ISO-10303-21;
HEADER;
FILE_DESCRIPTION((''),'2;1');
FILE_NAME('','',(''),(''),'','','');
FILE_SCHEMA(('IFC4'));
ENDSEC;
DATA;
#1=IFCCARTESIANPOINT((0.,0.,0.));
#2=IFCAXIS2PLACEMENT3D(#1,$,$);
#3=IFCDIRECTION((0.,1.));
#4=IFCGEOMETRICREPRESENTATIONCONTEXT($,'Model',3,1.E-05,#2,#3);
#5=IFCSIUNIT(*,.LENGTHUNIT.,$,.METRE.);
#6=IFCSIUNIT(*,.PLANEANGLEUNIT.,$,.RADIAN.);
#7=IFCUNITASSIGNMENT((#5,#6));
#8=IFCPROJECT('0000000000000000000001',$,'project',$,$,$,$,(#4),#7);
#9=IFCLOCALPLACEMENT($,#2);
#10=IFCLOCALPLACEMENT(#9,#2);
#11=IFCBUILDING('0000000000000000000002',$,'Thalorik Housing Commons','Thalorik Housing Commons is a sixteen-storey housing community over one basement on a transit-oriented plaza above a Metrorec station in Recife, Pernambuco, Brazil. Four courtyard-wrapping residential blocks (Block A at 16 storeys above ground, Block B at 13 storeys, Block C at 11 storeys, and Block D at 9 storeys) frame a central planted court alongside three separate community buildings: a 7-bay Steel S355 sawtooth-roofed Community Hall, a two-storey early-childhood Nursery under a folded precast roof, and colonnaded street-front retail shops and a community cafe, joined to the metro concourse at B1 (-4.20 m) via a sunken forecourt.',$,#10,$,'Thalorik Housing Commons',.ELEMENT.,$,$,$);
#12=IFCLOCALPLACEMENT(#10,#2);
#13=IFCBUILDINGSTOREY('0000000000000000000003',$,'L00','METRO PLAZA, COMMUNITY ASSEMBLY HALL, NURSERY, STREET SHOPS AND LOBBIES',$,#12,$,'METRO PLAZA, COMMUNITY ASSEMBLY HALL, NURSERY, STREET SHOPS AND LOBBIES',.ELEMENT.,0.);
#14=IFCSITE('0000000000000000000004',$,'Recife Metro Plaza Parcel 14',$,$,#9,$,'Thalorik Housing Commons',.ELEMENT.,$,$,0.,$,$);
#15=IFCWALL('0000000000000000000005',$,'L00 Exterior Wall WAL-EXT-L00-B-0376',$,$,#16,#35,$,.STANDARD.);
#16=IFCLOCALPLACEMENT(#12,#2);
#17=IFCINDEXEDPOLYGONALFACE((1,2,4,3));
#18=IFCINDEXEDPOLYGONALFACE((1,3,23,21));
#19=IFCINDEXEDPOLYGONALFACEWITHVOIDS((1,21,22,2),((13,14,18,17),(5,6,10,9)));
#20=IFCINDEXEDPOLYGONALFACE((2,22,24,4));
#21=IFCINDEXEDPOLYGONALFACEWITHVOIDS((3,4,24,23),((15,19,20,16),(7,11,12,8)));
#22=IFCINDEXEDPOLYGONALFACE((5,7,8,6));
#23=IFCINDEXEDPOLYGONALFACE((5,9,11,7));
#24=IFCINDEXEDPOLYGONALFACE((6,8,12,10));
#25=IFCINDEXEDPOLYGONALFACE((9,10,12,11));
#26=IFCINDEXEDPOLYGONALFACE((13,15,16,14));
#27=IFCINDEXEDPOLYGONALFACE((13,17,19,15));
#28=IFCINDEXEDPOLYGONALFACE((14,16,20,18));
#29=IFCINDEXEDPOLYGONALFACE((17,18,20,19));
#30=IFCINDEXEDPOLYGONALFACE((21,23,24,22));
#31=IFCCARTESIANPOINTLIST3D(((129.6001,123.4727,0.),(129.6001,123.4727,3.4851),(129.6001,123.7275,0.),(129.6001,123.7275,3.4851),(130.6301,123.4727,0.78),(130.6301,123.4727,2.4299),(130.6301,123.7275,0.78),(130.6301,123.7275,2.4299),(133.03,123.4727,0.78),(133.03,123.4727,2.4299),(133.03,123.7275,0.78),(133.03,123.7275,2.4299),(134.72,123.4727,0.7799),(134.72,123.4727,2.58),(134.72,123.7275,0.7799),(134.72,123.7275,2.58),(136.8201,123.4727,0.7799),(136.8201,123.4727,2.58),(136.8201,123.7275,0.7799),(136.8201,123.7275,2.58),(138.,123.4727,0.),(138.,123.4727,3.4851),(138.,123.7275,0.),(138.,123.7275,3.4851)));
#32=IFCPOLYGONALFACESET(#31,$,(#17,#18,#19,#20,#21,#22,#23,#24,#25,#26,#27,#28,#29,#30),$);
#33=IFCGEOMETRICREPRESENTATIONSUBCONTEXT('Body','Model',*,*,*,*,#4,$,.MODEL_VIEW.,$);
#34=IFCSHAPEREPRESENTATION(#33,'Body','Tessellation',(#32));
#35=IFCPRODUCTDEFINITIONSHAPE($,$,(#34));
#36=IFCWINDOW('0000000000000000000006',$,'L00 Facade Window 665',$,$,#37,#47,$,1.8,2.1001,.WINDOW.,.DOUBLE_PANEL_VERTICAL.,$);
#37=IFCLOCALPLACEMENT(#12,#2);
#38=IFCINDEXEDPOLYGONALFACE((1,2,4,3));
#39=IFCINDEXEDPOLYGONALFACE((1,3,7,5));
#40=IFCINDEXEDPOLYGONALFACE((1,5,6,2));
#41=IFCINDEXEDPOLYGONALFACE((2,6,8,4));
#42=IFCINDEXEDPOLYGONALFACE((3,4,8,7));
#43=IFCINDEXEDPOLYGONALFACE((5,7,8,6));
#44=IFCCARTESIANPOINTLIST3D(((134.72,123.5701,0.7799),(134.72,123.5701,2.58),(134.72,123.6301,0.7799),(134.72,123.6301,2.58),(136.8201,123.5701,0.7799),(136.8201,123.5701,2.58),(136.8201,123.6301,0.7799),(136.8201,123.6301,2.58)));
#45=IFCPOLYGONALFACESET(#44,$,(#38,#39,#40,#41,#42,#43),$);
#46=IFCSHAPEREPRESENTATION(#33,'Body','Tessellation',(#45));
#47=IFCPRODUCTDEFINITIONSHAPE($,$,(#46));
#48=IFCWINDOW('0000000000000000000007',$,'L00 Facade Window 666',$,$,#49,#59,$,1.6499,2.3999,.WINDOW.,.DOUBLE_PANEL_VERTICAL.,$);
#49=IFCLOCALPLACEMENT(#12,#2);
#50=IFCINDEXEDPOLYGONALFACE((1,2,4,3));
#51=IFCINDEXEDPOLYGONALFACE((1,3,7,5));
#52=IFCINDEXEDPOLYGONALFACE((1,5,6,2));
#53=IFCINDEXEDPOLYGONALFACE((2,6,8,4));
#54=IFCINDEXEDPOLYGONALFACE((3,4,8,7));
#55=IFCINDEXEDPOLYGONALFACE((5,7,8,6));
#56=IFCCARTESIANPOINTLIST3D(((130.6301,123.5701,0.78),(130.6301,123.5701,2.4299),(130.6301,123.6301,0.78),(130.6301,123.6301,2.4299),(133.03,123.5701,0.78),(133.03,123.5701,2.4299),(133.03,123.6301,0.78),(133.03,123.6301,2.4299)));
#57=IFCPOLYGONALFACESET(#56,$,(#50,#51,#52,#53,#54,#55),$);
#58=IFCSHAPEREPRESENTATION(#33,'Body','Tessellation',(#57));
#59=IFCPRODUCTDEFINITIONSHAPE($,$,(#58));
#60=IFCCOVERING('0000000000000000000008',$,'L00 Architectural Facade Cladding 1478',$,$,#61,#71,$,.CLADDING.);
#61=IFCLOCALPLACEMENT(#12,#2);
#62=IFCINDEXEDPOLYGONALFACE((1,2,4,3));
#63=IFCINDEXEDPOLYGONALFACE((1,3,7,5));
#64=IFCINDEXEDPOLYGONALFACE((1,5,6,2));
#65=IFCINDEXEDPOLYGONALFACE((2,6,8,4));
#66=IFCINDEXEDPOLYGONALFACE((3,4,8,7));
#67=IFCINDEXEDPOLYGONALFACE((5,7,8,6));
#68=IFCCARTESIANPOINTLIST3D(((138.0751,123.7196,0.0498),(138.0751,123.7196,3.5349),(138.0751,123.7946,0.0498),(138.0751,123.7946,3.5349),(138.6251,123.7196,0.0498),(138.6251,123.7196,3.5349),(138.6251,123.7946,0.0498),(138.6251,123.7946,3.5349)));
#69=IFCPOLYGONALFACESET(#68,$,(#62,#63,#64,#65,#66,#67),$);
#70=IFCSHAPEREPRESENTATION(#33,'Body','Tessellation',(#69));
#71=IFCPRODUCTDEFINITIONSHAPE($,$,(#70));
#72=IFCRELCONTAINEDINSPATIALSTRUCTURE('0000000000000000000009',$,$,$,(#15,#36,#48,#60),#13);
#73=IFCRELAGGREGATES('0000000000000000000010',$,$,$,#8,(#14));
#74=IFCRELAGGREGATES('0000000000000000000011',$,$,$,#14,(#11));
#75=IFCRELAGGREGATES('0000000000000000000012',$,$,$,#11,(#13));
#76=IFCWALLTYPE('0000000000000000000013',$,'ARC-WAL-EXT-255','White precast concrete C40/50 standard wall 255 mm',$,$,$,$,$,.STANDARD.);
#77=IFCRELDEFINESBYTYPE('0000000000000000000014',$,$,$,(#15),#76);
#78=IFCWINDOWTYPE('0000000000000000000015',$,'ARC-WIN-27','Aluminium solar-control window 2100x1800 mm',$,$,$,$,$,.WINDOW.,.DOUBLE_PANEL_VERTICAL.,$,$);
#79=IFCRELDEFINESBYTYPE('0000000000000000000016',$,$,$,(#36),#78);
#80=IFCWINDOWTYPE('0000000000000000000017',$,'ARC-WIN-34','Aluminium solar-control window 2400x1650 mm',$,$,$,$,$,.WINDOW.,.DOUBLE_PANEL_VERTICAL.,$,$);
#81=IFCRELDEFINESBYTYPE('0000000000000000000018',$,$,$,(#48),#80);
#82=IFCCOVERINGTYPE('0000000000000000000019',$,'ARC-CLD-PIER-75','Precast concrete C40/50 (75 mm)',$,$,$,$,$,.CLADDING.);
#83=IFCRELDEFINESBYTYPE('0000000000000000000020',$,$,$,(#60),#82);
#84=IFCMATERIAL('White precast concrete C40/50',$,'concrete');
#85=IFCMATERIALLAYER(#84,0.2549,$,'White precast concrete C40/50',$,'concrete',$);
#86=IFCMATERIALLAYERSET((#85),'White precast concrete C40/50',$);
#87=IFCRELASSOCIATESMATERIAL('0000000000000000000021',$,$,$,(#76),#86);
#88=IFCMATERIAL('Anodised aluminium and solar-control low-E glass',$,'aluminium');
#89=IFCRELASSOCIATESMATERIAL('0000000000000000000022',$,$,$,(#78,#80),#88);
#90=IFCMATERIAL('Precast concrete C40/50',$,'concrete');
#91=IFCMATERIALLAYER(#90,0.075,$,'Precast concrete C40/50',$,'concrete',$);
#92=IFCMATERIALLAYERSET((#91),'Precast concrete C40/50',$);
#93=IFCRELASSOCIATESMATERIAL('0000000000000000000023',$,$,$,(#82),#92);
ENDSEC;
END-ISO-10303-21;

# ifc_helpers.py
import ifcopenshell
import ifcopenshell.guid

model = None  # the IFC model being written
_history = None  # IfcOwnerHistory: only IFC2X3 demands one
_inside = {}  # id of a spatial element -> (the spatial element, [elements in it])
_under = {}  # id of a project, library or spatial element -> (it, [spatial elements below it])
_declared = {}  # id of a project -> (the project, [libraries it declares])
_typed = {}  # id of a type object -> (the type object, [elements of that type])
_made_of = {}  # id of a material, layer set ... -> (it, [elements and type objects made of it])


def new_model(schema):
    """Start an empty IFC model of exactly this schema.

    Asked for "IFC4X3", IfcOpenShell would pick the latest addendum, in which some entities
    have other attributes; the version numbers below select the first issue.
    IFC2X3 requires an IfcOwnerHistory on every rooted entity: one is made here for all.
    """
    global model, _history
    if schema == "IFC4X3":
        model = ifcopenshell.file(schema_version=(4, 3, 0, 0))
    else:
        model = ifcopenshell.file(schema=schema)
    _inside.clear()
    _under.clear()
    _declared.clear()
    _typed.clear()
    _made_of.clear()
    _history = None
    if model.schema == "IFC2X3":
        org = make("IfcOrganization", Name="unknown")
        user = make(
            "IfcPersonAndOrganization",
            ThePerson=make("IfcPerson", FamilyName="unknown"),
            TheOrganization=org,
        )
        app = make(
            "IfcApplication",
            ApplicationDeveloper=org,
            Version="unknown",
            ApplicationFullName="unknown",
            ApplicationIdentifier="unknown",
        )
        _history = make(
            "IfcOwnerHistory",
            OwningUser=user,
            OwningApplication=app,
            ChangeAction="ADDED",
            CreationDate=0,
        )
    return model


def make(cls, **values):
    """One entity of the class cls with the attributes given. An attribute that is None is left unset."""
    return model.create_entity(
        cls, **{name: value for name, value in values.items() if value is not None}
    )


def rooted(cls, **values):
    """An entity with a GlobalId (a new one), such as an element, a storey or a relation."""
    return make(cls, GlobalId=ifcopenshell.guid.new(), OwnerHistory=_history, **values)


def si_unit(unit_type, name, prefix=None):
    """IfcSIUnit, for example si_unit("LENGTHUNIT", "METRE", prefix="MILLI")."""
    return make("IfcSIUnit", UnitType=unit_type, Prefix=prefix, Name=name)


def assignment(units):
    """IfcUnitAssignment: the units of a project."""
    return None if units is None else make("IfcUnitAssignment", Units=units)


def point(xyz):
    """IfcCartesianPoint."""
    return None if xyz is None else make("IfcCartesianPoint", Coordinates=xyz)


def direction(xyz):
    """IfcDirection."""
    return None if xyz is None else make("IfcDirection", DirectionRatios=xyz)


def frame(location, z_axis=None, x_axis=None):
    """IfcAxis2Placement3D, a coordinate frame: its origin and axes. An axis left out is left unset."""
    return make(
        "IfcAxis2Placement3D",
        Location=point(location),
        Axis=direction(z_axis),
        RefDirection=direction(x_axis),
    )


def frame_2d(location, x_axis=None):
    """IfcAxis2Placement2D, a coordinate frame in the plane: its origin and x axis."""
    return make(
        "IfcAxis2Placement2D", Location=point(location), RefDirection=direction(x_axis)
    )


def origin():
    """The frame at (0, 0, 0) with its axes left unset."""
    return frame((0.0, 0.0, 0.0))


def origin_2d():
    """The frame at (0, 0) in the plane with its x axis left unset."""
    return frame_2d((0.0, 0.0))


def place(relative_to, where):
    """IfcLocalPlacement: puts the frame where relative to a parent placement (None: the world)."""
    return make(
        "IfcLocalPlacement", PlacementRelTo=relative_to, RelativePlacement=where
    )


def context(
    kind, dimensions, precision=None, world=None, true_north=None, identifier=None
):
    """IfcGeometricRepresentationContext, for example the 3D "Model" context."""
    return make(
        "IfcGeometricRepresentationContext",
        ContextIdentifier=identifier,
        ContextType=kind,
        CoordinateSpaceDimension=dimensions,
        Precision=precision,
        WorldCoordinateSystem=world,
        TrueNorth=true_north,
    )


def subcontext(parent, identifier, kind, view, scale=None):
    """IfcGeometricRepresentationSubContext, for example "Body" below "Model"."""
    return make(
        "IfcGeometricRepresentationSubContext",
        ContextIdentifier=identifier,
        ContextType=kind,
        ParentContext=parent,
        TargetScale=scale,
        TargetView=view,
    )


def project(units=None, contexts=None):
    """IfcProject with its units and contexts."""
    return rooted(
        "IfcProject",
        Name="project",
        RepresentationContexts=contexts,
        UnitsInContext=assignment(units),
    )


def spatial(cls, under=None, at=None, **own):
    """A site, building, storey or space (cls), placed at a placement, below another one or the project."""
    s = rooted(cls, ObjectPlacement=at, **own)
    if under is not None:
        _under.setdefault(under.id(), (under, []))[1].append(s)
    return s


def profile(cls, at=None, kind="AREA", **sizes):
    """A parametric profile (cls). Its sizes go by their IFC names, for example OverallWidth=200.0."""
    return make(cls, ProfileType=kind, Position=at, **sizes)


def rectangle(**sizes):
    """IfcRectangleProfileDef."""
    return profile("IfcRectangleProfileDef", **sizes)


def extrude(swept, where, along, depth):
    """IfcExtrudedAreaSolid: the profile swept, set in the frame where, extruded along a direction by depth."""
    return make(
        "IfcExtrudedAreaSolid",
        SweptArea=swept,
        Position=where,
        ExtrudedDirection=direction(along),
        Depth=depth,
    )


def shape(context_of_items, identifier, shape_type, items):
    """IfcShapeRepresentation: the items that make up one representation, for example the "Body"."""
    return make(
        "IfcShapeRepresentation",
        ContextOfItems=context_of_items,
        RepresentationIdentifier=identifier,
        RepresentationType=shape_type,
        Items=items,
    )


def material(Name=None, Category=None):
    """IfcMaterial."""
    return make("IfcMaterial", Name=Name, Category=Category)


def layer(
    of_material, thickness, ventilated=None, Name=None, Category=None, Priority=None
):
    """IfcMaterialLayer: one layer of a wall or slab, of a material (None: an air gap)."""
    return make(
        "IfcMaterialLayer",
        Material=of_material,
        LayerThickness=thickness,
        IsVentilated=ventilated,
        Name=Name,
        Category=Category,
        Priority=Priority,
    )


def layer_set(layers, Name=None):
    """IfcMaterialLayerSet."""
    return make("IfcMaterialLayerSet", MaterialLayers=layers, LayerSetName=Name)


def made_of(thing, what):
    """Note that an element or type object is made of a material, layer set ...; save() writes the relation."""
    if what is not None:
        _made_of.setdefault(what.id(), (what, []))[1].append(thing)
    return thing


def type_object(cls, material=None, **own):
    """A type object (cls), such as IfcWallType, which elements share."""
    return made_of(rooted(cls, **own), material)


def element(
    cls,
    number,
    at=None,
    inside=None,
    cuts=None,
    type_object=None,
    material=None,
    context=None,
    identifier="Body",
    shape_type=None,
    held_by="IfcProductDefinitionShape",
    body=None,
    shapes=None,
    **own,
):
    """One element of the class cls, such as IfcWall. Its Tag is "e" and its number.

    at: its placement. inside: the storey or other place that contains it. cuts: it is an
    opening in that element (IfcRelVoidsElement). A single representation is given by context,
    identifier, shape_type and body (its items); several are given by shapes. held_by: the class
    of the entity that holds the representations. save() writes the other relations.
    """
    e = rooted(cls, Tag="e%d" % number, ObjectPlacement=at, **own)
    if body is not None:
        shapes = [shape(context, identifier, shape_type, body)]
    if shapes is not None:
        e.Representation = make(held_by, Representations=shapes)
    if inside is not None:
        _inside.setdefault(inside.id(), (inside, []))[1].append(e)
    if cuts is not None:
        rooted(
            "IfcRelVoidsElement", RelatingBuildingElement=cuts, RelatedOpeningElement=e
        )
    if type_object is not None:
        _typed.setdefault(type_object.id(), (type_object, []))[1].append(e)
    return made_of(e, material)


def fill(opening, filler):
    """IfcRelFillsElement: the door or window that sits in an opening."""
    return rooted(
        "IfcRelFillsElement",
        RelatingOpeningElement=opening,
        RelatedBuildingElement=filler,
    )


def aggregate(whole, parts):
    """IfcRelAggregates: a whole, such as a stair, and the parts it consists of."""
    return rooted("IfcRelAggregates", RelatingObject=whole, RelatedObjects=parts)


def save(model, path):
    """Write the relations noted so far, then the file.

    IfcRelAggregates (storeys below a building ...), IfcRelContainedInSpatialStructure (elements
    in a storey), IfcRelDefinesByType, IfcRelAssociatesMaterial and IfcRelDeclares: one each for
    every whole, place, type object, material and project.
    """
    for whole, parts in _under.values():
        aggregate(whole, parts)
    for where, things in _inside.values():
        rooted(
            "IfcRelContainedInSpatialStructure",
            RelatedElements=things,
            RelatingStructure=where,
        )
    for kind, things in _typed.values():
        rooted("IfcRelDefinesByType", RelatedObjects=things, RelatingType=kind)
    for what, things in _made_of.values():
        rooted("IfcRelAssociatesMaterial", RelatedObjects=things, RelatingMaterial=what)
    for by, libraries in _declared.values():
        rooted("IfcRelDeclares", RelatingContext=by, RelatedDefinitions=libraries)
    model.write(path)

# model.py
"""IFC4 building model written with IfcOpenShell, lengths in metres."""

from ifc_helpers import new_model, si_unit, direction, frame, frame_2d, origin, origin_2d, place, context, subcontext, project, spatial, rectangle, extrude, material, layer, layer_set, type_object, element, fill, save


model = new_model("IFC4")

# Units and contexts
model_context = context("Model", 3, precision=1e-05, world=origin(), true_north=direction((0.0, 1.0)))
body_context = subcontext(model_context, "Body", "Model", "MODEL_VIEW")
ifc_project = project(units=[si_unit("LENGTHUNIT", "METRE"), si_unit("PLANEANGLEUNIT", "RADIAN")], contexts=[model_context])

# Site, building, storey
site_placement = place(None, origin())
site = spatial("IfcSite", under=ifc_project, at=site_placement, Name="Recife Metro Plaza Parcel 14", LongName="Thalorik Housing Commons", CompositionType="ELEMENT", RefElevation=0.0)
building_placement = place(site_placement, origin())
building = spatial("IfcBuilding", under=site, at=building_placement, Name="Thalorik Housing Commons", Description="Thalorik Housing Commons is a sixteen-storey housing community over one basement on a transit-oriented plaza above a Metrorec station in Recife, Pernambuco, Brazil. Four courtyard-wrapping residential blocks (Block A at 16 storeys above ground, Block B at 13 storeys, Block C at 11 storeys, and Block D at 9 storeys) frame a central planted court alongside three separate community buildings: a 7-bay Steel S355 sawtooth-roofed Community Hall, a two-storey early-childhood Nursery under a folded precast roof, and colonnaded street-front retail shops and a community cafe, joined to the metro concourse at B1 (-4.20 m) via a sunken forecourt.", LongName="Thalorik Housing Commons", CompositionType="ELEMENT")
storey_placement = place(building_placement, origin())
storey = spatial("IfcBuildingStorey", under=building, at=storey_placement, Name="L00", Description="METRO PLAZA, COMMUNITY ASSEMBLY HALL, NURSERY, STREET SHOPS AND LOBBIES", LongName="METRO PLAZA, COMMUNITY ASSEMBLY HALL, NURSERY, STREET SHOPS AND LOBBIES", CompositionType="ELEMENT", Elevation=0.0)

# Shared definitions
ifc_material_1 = material(Name="Precast concrete C40/50", Category="concrete")

# Wall, openings, windows
ifc_material_2 = material(Name="White precast concrete C40/50", Category="concrete")
ifc_layer_1 = layer(ifc_material_2, 0.2549, Name="White precast concrete C40/50", Category="concrete")
ifc_layer_set_1 = layer_set([ifc_layer_1], Name="White precast concrete C40/50")
wall_type = type_object("IfcWallType", Name="ARC-WAL-EXT-255", Description="White precast concrete C40/50 standard wall 255 mm", PredefinedType="STANDARD", material=ifc_layer_set_1)
ifc_material_3 = material(Name="Anodised aluminium and solar-control low-E glass", Category="aluminium")
wall_1_placement = place(storey_placement, frame((138.0, 123.6001, 0.0), z_axis=(0.0, 0.0, 1.0), x_axis=(-1.0, 0.0, 0.0)))
wall_1 = element("IfcWall", 1, at=wall_1_placement, inside=storey, type_object=wall_type, Name="L00 Exterior Wall WAL-EXT-L00-B-0376", PredefinedType="STANDARD", context=body_context, shape_type="SweptSolid", body=[
    extrude(rectangle(XDim=8.3999, YDim=0.2549, at=frame_2d((4.2, 0.0))), origin(), (0.0, 0.0, 1.0), 3.4851),
])
opening_1_placement = place(wall_1_placement, frame((1.1799, 0.0, 0.78)))
opening_1 = element("IfcOpeningElement", 2, at=opening_1_placement, cuts=wall_1, PredefinedType="OPENING", context=body_context, shape_type="SweptSolid", body=[
    extrude(rectangle(XDim=2.1001, YDim=1.8, at=frame_2d((1.05, 0.8999))), frame((0.0, 0.1375, 0.0), z_axis=(0.0, -1.0, 0.0), x_axis=(1.0, 0.0, 0.0)), (0.0, 0.0, 1.0), 0.2749),
])
opening_2_placement = place(wall_1_placement, frame((4.97, 0.0, 0.78)))
opening_2 = element("IfcOpeningElement", 3, at=opening_2_placement, cuts=wall_1, PredefinedType="OPENING", context=body_context, shape_type="SweptSolid", body=[
    extrude(rectangle(XDim=2.3999, YDim=1.6499, at=frame_2d((1.2, 0.825))), frame((0.0, 0.1375, 0.0), z_axis=(0.0, -1.0, 0.0), x_axis=(1.0, 0.0, 0.0)), (0.0, 0.0, 1.0), 0.2749),
])
window_type_1 = type_object("IfcWindowType", Name="ARC-WIN-27", Description="Aluminium solar-control window 2100x1800 mm", PartitioningType="DOUBLE_PANEL_VERTICAL", PredefinedType="WINDOW", material=ifc_material_3)
window_1_placement = place(opening_1_placement, origin())
window_1 = element("IfcWindow", 4, at=window_1_placement, inside=storey, type_object=window_type_1, Name="L00 Facade Window 665", OverallHeight=1.8, OverallWidth=2.1001, PartitioningType="DOUBLE_PANEL_VERTICAL", PredefinedType="WINDOW", context=body_context, shape_type="SweptSolid", body=[
    extrude(rectangle(XDim=2.1001, YDim=1.8, at=frame_2d((1.05, 0.8999))), frame((0.0, 0.03, 0.0), z_axis=(0.0, -1.0, 0.0), x_axis=(1.0, 0.0, 0.0)), (0.0, 0.0, 1.0), 0.0601),
])
fill(opening_1, window_1)
window_type_2 = type_object("IfcWindowType", Name="ARC-WIN-34", Description="Aluminium solar-control window 2400x1650 mm", PartitioningType="DOUBLE_PANEL_VERTICAL", PredefinedType="WINDOW", material=ifc_material_3)
window_2_placement = place(opening_2_placement, origin())
window_2 = element("IfcWindow", 5, at=window_2_placement, inside=storey, type_object=window_type_2, Name="L00 Facade Window 666", OverallHeight=1.6499, OverallWidth=2.3999, PartitioningType="DOUBLE_PANEL_VERTICAL", PredefinedType="WINDOW", context=body_context, shape_type="SweptSolid", body=[
    extrude(rectangle(XDim=2.3999, YDim=1.6499, at=frame_2d((1.2, 0.825))), frame((0.0, 0.03, 0.0), z_axis=(0.0, -1.0, 0.0), x_axis=(1.0, 0.0, 0.0)), (0.0, 0.0, 1.0), 0.0601),
])
fill(opening_2, window_2)

# Covering
ifc_layer_2 = layer(ifc_material_1, 0.075, Name="Precast concrete C40/50", Category="concrete")
ifc_layer_set_2 = layer_set([ifc_layer_2], Name="Precast concrete C40/50")
covering_type = type_object("IfcCoveringType", Name="ARC-CLD-PIER-75", Description="Precast concrete C40/50 (75 mm)", PredefinedType="CLADDING", material=ifc_layer_set_2)
covering_placement = place(storey_placement, frame((138.3501, 123.7571, 0.0498), z_axis=(0.0, 0.0, 1.0), x_axis=(-1.0, 0.0, 0.0)))
element("IfcCovering", 6, at=covering_placement, inside=storey, type_object=covering_type, Name="L00 Architectural Facade Cladding 1478", PredefinedType="CLADDING", context=body_context, shape_type="SweptSolid", body=[
    extrude(rectangle(XDim=0.55, YDim=0.075, at=origin_2d()), origin(), (0.0, 0.0, 1.0), 3.4851),
])

save(model, "model.ifc")
